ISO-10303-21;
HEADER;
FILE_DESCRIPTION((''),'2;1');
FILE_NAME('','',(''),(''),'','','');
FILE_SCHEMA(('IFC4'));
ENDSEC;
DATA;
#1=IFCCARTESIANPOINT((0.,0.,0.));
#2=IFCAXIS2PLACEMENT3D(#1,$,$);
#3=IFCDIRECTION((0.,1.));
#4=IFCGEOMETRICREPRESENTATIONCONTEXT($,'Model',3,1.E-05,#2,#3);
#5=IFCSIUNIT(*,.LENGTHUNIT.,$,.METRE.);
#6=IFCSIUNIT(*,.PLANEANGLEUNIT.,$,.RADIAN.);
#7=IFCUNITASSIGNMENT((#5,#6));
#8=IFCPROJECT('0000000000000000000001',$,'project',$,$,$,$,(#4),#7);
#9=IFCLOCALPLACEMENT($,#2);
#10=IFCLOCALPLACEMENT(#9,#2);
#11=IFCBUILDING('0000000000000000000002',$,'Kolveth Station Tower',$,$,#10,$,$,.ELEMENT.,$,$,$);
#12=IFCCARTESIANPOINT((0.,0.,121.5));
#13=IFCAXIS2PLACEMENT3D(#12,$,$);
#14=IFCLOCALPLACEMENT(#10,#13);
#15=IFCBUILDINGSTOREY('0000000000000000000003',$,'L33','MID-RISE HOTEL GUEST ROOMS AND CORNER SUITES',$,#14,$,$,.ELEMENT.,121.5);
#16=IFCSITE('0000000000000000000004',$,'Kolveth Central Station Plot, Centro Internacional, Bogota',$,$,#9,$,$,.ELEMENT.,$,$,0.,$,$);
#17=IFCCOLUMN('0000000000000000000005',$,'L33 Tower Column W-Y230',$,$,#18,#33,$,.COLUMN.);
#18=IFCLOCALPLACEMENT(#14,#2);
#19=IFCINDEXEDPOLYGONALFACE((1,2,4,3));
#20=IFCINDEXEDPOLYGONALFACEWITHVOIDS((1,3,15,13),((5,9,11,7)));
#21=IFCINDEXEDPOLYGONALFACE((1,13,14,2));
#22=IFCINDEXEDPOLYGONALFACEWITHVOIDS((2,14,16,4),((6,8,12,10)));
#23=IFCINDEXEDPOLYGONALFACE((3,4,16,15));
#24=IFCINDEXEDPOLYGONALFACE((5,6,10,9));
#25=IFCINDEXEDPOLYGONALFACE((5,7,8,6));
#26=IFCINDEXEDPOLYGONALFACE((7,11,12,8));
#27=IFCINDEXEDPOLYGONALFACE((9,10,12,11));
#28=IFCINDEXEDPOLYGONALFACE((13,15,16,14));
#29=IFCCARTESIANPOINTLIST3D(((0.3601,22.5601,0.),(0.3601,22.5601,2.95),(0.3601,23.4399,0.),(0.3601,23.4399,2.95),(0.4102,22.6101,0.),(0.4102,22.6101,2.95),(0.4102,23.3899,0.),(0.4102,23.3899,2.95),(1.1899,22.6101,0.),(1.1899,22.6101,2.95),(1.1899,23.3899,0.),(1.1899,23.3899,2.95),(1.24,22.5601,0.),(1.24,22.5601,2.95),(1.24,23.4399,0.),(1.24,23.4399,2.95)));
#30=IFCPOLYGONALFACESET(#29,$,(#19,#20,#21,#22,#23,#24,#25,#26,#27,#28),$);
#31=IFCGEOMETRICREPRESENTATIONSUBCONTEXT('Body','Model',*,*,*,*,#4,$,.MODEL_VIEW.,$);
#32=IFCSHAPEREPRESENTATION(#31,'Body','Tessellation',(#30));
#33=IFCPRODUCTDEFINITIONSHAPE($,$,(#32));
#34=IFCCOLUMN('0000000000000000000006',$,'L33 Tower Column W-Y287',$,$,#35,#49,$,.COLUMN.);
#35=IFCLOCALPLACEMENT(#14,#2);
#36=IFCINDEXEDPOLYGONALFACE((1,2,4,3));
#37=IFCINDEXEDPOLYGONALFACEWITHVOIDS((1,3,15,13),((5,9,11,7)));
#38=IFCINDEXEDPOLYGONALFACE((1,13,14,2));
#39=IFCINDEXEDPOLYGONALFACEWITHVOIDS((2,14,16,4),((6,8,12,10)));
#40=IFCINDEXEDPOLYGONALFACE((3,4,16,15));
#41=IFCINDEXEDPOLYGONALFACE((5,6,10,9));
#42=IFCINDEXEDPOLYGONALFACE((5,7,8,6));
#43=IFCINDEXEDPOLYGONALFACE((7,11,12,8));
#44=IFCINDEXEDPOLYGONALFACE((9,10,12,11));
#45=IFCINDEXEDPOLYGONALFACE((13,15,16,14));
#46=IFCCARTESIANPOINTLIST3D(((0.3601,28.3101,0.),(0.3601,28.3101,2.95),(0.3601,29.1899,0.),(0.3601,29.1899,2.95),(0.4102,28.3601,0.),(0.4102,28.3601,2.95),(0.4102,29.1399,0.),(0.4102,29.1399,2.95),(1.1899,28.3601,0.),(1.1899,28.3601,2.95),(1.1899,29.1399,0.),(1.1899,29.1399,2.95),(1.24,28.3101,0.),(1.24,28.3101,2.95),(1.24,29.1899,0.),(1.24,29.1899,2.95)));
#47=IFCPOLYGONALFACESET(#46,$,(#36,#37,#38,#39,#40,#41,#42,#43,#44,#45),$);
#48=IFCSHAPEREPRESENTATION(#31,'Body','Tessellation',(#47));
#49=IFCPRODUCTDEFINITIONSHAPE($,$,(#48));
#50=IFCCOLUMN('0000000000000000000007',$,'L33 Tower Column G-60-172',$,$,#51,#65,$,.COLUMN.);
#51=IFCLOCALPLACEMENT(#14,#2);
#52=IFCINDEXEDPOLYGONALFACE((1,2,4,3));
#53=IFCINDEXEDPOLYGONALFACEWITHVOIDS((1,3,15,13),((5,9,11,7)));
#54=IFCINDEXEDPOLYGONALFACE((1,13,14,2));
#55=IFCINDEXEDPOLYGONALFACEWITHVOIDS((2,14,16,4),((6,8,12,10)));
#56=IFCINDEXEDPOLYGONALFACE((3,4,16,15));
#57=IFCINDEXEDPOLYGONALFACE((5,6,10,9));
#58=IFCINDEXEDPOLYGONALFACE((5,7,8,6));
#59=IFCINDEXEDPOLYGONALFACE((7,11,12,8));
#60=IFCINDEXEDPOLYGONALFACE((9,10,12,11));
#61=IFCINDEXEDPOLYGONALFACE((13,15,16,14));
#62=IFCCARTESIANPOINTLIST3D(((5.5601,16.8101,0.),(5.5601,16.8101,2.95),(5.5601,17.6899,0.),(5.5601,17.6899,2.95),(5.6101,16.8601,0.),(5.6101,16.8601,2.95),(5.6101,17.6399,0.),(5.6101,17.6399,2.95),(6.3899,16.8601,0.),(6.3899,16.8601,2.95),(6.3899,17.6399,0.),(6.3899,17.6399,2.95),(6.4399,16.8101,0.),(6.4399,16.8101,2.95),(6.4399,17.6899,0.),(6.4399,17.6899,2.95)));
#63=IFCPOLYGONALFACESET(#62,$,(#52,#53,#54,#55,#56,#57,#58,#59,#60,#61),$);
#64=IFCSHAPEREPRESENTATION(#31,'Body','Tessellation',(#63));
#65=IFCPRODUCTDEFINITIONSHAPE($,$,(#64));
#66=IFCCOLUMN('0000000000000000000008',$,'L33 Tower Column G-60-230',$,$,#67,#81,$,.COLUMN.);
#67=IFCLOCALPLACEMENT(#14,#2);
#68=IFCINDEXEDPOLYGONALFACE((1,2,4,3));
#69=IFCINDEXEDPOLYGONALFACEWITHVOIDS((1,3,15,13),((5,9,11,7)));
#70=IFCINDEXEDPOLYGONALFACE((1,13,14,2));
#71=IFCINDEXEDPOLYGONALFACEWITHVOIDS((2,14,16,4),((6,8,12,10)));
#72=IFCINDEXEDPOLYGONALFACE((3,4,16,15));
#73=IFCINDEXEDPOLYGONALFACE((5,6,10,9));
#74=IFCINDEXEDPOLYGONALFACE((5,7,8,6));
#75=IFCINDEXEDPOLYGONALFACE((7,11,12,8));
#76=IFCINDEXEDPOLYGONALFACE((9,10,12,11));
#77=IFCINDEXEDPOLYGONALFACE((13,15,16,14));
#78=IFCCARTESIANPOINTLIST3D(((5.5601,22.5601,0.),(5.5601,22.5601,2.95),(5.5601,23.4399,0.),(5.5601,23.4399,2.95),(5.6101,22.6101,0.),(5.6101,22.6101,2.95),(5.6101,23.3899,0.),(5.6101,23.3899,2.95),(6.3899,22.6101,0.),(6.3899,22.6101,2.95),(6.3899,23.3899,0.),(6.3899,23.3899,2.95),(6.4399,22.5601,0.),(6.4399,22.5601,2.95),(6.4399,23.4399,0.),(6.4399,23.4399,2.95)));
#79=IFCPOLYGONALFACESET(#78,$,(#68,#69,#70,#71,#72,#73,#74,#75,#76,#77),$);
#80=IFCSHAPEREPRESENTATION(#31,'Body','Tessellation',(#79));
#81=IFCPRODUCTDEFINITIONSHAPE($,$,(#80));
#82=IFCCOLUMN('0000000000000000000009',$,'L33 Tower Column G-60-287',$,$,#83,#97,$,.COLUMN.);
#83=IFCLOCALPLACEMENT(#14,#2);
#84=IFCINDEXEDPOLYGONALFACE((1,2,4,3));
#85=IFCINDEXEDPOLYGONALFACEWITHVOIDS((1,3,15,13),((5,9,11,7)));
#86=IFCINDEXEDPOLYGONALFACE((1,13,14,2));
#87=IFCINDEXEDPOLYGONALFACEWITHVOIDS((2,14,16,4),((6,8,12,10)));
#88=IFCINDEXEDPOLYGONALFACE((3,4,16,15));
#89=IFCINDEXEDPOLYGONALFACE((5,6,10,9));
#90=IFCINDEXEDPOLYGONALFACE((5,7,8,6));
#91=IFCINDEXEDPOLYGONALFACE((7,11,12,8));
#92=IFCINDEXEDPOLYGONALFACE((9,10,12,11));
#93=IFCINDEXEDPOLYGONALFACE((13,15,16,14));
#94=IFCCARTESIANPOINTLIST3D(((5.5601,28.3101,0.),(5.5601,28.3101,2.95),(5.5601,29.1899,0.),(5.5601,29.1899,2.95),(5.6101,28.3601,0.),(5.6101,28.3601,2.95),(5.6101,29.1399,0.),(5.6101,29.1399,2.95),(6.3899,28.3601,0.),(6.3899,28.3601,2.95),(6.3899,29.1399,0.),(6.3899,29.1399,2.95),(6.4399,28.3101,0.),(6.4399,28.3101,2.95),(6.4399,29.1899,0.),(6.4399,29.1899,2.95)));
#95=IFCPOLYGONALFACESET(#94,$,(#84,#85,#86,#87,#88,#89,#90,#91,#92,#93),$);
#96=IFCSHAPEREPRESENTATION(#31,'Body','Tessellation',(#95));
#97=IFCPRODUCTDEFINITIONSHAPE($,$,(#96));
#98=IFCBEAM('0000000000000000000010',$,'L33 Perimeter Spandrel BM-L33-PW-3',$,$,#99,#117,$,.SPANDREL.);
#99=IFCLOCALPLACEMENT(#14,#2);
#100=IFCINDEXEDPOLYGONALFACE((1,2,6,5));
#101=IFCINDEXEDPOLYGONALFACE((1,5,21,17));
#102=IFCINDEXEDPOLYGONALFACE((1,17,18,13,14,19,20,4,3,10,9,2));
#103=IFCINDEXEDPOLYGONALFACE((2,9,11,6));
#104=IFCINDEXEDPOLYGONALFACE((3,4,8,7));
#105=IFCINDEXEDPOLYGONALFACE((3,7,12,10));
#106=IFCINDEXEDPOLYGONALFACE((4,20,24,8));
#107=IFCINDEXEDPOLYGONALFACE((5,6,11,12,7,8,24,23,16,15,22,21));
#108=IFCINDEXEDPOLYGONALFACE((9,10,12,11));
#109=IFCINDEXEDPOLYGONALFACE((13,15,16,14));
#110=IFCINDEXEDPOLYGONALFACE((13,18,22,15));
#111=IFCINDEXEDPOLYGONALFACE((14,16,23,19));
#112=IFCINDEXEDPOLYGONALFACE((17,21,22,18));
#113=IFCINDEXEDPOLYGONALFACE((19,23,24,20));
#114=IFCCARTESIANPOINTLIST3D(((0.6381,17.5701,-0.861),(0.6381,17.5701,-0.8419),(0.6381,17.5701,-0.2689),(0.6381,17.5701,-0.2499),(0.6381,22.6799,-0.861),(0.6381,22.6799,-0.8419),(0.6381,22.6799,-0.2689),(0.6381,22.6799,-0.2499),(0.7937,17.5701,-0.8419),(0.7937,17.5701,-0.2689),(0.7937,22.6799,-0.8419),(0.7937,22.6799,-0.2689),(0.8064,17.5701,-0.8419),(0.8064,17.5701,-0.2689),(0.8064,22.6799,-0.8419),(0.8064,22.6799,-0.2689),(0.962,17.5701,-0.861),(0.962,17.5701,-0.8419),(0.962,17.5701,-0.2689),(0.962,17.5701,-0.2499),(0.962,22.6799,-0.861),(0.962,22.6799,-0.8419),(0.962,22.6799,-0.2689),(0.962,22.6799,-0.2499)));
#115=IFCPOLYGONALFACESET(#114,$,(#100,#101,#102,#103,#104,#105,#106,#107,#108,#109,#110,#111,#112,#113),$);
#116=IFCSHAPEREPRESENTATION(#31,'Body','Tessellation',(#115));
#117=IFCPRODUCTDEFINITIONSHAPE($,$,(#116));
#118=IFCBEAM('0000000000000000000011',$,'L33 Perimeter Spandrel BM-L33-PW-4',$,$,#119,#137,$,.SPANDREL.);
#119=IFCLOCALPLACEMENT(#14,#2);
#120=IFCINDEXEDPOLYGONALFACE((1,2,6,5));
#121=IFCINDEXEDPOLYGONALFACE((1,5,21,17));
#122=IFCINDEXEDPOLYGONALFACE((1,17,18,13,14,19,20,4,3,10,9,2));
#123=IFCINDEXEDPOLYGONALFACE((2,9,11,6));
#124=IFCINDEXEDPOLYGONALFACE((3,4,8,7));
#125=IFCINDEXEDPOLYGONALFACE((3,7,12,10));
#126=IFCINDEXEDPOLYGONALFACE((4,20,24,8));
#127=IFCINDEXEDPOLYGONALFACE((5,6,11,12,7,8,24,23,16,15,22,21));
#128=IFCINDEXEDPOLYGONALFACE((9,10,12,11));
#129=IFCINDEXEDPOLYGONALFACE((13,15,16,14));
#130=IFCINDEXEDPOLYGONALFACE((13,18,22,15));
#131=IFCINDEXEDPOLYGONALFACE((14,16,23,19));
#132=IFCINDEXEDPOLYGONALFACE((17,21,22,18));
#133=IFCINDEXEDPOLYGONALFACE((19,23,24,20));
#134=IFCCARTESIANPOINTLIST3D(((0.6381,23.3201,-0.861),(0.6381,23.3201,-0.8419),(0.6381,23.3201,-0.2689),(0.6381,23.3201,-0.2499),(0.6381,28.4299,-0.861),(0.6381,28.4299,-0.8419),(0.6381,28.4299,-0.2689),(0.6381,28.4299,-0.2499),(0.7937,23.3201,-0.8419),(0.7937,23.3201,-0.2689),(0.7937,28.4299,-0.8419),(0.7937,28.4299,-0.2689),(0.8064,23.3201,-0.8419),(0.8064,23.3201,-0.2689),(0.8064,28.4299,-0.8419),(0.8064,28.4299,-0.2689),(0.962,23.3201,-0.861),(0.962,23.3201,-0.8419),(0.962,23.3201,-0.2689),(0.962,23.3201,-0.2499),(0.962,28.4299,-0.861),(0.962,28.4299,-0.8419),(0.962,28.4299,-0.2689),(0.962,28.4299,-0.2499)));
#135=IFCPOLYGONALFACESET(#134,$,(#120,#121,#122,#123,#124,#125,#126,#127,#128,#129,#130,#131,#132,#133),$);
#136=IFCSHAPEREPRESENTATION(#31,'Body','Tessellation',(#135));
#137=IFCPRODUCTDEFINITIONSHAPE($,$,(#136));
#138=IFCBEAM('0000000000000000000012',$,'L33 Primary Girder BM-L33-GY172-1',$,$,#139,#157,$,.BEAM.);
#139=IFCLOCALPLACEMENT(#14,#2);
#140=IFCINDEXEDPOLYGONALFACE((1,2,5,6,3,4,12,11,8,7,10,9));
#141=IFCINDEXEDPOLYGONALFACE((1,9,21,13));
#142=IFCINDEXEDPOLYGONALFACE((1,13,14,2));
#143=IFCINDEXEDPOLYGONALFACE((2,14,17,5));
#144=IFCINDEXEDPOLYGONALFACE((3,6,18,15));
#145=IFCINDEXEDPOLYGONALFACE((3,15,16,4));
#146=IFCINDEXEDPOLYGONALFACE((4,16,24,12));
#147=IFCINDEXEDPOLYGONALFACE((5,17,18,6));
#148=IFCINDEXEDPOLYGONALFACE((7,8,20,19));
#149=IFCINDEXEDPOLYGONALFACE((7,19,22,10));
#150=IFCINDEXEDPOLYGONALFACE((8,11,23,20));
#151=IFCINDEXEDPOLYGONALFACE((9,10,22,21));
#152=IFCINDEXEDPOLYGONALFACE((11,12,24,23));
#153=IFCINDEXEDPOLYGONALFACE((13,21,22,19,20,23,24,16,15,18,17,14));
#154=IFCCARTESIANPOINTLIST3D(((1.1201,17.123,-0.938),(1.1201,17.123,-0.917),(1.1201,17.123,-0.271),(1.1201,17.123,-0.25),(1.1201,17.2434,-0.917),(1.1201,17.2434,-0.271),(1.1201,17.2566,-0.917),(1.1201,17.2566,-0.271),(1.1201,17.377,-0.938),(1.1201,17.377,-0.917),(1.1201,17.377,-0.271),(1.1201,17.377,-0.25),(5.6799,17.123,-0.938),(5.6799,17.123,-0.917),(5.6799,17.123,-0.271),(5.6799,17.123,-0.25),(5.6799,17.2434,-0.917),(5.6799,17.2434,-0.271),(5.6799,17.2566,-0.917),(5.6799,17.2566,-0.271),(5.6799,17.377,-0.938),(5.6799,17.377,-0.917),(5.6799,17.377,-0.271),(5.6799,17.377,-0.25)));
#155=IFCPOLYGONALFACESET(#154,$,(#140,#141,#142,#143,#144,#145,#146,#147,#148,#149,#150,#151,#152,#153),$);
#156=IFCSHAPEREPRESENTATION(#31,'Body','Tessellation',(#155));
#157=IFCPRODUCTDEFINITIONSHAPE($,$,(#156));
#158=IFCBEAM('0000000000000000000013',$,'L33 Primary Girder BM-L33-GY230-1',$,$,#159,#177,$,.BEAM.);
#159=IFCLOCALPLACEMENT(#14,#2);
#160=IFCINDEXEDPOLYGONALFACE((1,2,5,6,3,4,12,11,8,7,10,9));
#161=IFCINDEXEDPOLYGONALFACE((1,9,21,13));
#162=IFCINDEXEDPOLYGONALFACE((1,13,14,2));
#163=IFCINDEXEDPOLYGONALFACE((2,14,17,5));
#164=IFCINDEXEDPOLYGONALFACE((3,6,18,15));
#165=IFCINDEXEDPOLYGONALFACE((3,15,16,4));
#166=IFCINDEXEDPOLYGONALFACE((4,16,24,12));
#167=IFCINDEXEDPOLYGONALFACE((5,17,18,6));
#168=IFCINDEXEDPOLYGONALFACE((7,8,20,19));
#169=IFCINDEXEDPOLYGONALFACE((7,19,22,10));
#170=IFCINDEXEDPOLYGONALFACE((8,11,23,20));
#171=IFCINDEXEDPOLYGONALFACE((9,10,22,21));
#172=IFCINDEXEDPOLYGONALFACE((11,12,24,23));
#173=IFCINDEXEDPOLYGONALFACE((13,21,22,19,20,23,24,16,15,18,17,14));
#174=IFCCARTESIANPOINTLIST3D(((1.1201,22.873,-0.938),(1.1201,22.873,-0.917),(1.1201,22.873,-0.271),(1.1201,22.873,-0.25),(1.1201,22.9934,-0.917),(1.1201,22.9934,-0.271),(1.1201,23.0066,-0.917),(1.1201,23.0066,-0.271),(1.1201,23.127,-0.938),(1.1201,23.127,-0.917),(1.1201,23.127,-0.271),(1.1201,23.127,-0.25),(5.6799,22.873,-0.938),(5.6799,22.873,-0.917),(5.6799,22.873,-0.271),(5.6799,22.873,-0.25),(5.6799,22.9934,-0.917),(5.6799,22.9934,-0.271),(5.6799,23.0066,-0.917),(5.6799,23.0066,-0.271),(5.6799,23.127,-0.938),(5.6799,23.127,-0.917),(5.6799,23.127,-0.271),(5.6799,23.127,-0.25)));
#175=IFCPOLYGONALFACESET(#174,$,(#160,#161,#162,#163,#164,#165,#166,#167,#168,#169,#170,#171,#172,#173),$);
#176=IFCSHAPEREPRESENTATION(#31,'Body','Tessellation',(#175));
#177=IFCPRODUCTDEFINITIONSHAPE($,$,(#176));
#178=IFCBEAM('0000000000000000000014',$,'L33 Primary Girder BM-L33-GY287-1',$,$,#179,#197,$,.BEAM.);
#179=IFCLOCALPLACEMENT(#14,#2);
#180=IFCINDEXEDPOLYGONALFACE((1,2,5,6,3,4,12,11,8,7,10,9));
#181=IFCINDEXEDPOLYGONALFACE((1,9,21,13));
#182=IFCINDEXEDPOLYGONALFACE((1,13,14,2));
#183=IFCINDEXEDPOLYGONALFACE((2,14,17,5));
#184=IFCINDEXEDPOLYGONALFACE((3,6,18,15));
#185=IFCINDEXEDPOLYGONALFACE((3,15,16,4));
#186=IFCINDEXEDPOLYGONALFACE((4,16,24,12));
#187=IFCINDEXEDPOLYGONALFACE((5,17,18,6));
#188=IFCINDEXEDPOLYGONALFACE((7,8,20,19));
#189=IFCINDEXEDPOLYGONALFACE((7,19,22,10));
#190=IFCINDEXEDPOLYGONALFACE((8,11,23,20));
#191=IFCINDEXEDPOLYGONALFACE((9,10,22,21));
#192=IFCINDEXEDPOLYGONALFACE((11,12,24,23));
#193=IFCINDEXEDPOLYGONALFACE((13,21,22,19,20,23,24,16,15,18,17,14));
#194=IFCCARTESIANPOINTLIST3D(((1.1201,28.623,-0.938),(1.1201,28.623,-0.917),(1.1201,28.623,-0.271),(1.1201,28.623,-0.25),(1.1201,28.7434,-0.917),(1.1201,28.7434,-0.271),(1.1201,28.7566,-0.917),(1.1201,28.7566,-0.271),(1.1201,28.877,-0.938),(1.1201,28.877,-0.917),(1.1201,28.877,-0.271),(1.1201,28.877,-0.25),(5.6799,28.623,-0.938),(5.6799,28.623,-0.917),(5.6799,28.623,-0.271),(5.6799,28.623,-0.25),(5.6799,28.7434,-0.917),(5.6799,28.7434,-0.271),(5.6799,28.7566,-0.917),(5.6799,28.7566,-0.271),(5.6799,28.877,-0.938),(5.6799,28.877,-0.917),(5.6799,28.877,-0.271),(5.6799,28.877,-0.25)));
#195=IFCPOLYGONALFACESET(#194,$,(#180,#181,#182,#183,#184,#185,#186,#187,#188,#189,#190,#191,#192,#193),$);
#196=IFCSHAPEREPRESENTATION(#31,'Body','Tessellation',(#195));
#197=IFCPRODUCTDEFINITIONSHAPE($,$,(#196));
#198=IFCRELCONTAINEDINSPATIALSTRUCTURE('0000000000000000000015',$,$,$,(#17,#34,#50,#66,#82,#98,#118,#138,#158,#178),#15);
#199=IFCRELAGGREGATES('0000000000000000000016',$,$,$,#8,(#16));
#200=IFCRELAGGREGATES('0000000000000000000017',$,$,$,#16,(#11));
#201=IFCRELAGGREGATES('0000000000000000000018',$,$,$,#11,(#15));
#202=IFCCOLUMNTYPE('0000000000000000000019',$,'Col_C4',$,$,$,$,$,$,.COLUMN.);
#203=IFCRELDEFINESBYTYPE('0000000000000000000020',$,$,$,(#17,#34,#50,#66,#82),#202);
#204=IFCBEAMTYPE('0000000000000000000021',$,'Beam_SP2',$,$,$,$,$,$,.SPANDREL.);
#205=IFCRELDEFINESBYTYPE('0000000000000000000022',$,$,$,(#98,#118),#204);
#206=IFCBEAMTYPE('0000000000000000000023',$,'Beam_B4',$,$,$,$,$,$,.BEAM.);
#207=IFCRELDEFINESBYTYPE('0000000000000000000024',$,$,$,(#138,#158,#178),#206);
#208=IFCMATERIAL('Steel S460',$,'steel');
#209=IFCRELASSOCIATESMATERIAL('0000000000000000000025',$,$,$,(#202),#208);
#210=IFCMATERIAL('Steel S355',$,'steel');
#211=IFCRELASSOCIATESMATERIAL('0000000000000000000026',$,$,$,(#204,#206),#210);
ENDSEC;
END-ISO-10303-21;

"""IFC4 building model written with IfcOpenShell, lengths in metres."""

from ifc_helpers import new_model, si_unit, direction, frame, origin, origin_2d, place, context, subcontext, project, spatial, hollow_rectangle, i_section, extrude, source, transform, mapped, material, material_profile, profile_set, type_object, element, save


model = new_model("IFC4")

# Units and contexts
model_context = context("Model", 3, precision=1e-05, world=origin(), true_north=direction((0.0, 1.0)))
body_context = subcontext(model_context, "Body", "Model", "MODEL_VIEW")
ifc_project = project(units=[si_unit("LENGTHUNIT", "METRE"), si_unit("PLANEANGLEUNIT", "RADIAN")], contexts=[model_context])

# Site, building, storey
site_placement = place(None, origin())
site = spatial("IfcSite", under=ifc_project, at=site_placement, Name="Kolveth Central Station Plot, Centro Internacional, Bogota", CompositionType="ELEMENT", RefElevation=0.0)
building_placement = place(site_placement, origin())
building = spatial("IfcBuilding", under=site, at=building_placement, Name="Kolveth Station Tower", CompositionType="ELEMENT")
storey_placement = place(building_placement, frame((0.0, 0.0, 121.5)))
storey = spatial("IfcBuildingStorey", under=building, at=storey_placement, Name="L33", Description="MID-RISE HOTEL GUEST ROOMS AND CORNER SUITES", CompositionType="ELEMENT", Elevation=121.5)

# Columns
ifc_material_1 = material(Name="Steel S460", Category="steel")
ifc_material_profile_1 = material_profile(ifc_material_1, hollow_rectangle(XDim=0.8799, YDim=0.8799, WallThickness=0.05, at=origin_2d()), Name="BOX880x880x50")
ifc_profile_set_1 = profile_set([ifc_material_profile_1], Name="Steel S460")
column_type = type_object("IfcColumnType", Name="Col_C4", PredefinedType="COLUMN", material=ifc_profile_set_1)
shared_shape_1 = source(origin(), body_context, "Body", "SweptSolid", [
    extrude(hollow_rectangle(XDim=0.8799, YDim=0.8799, WallThickness=0.05, at=origin_2d()), origin(), (0.0, 0.0, 1.0), 2.95),
])
for number, where, z_axis, x_axis, name in (
    (1, (0.8, 23.0, 0.0), (0.0, 0.0, 1.0), (1.0, 0.0, 0.0), "L33 Tower Column W-Y230"),
    (2, (0.8, 28.75, 0.0), (0.0, 0.0, 1.0), (1.0, 0.0, 0.0), "L33 Tower Column W-Y287"),
    (3, (6.0, 17.25, 0.0), (0.0, 0.0, 1.0), (1.0, 0.0, 0.0), "L33 Tower Column G-60-172"),
    (4, (6.0, 23.0, 0.0), (0.0, 0.0, 1.0), (1.0, 0.0, 0.0), "L33 Tower Column G-60-230"),
    (5, (6.0, 28.75, 0.0), (0.0, 0.0, 1.0), (1.0, 0.0, 0.0), "L33 Tower Column G-60-287"),
):
    element("IfcColumn", number, at=place(storey_placement, frame(where, z_axis=z_axis, x_axis=x_axis)), inside=storey, type_object=column_type, Name=name, PredefinedType="COLUMN", context=body_context, shape_type="MappedRepresentation", body=[
        mapped(shared_shape_1, transform((0.0, 0.0, 0.0), x_axis=(1.0, 0.0, 0.0), y_axis=(0.0, 1.0, 0.0), z_axis=(0.0, 0.0, 1.0), scale=1.0)),
    ])

# Beams
ifc_material_2 = material(Name="Steel S355", Category="steel")
ifc_material_profile_2 = material_profile(ifc_material_2, i_section(OverallWidth=0.324, OverallDepth=0.6111, WebThickness=0.0127, FlangeThickness=0.019, at=origin_2d()), Name="W610x155")
ifc_profile_set_2 = profile_set([ifc_material_profile_2], Name="Steel S355")
beam_type_1 = type_object("IfcBeamType", Name="Beam_SP2", PredefinedType="SPANDREL", material=ifc_profile_set_2)
shared_shape_2 = source(origin(), body_context, "Body", "SweptSolid", [
    extrude(i_section(OverallWidth=0.324, OverallDepth=0.6111, WebThickness=0.0127, FlangeThickness=0.019, at=origin_2d()), origin(), (0.0, 0.0, 1.0), 5.1099),
])
for number, where, z_axis, x_axis, name in (
    (6, (0.8, 17.5701, -0.5554), (0.0, 1.0, 0.0), (-1.0, 0.0, 0.0), "L33 Perimeter Spandrel BM-L33-PW-3"),
    (7, (0.8, 23.3201, -0.5554), (0.0, 1.0, 0.0), (-1.0, 0.0, 0.0), "L33 Perimeter Spandrel BM-L33-PW-4"),
):
    element("IfcBeam", number, at=place(storey_placement, frame(where, z_axis=z_axis, x_axis=x_axis)), inside=storey, type_object=beam_type_1, Name=name, PredefinedType="SPANDREL", context=body_context, shape_type="MappedRepresentation", body=[
        mapped(shared_shape_2, transform((0.0, 0.0, 0.0), x_axis=(1.0, 0.0, 0.0), y_axis=(0.0, 1.0, 0.0), z_axis=(0.0, 0.0, 1.0), scale=1.0)),
    ])
ifc_material_profile_3 = material_profile(ifc_material_2, i_section(OverallWidth=0.2539, OverallDepth=0.688, WebThickness=0.0132, FlangeThickness=0.021, at=origin_2d()), Name="W690x152")
ifc_profile_set_3 = profile_set([ifc_material_profile_3], Name="Steel S355")
beam_type_2 = type_object("IfcBeamType", Name="Beam_B4", PredefinedType="BEAM", material=ifc_profile_set_3)
shared_shape_3 = source(origin(), body_context, "Body", "SweptSolid", [
    extrude(i_section(OverallWidth=0.2539, OverallDepth=0.688, WebThickness=0.0132, FlangeThickness=0.021, at=origin_2d()), origin(), (0.0, 0.0, 1.0), 4.5598),
])
for number, where, z_axis, x_axis, name in (
    (8, (1.1201, 17.25, -0.594), (1.0, 0.0, 0.0), (0.0, 1.0, 0.0), "L33 Primary Girder BM-L33-GY172-1"),
    (9, (1.1201, 23.0, -0.594), (1.0, 0.0, 0.0), (0.0, 1.0, 0.0), "L33 Primary Girder BM-L33-GY230-1"),
    (10, (1.1201, 28.75, -0.594), (1.0, 0.0, 0.0), (0.0, 1.0, 0.0), "L33 Primary Girder BM-L33-GY287-1"),
):
    element("IfcBeam", number, at=place(storey_placement, frame(where, z_axis=z_axis, x_axis=x_axis)), inside=storey, type_object=beam_type_2, Name=name, PredefinedType="BEAM", context=body_context, shape_type="MappedRepresentation", body=[
        mapped(shared_shape_3, transform((0.0, 0.0, 0.0), x_axis=(1.0, 0.0, 0.0), y_axis=(0.0, 1.0, 0.0), z_axis=(0.0, 0.0, 1.0), scale=1.0)),
    ])

save(model, "model.ifc")
